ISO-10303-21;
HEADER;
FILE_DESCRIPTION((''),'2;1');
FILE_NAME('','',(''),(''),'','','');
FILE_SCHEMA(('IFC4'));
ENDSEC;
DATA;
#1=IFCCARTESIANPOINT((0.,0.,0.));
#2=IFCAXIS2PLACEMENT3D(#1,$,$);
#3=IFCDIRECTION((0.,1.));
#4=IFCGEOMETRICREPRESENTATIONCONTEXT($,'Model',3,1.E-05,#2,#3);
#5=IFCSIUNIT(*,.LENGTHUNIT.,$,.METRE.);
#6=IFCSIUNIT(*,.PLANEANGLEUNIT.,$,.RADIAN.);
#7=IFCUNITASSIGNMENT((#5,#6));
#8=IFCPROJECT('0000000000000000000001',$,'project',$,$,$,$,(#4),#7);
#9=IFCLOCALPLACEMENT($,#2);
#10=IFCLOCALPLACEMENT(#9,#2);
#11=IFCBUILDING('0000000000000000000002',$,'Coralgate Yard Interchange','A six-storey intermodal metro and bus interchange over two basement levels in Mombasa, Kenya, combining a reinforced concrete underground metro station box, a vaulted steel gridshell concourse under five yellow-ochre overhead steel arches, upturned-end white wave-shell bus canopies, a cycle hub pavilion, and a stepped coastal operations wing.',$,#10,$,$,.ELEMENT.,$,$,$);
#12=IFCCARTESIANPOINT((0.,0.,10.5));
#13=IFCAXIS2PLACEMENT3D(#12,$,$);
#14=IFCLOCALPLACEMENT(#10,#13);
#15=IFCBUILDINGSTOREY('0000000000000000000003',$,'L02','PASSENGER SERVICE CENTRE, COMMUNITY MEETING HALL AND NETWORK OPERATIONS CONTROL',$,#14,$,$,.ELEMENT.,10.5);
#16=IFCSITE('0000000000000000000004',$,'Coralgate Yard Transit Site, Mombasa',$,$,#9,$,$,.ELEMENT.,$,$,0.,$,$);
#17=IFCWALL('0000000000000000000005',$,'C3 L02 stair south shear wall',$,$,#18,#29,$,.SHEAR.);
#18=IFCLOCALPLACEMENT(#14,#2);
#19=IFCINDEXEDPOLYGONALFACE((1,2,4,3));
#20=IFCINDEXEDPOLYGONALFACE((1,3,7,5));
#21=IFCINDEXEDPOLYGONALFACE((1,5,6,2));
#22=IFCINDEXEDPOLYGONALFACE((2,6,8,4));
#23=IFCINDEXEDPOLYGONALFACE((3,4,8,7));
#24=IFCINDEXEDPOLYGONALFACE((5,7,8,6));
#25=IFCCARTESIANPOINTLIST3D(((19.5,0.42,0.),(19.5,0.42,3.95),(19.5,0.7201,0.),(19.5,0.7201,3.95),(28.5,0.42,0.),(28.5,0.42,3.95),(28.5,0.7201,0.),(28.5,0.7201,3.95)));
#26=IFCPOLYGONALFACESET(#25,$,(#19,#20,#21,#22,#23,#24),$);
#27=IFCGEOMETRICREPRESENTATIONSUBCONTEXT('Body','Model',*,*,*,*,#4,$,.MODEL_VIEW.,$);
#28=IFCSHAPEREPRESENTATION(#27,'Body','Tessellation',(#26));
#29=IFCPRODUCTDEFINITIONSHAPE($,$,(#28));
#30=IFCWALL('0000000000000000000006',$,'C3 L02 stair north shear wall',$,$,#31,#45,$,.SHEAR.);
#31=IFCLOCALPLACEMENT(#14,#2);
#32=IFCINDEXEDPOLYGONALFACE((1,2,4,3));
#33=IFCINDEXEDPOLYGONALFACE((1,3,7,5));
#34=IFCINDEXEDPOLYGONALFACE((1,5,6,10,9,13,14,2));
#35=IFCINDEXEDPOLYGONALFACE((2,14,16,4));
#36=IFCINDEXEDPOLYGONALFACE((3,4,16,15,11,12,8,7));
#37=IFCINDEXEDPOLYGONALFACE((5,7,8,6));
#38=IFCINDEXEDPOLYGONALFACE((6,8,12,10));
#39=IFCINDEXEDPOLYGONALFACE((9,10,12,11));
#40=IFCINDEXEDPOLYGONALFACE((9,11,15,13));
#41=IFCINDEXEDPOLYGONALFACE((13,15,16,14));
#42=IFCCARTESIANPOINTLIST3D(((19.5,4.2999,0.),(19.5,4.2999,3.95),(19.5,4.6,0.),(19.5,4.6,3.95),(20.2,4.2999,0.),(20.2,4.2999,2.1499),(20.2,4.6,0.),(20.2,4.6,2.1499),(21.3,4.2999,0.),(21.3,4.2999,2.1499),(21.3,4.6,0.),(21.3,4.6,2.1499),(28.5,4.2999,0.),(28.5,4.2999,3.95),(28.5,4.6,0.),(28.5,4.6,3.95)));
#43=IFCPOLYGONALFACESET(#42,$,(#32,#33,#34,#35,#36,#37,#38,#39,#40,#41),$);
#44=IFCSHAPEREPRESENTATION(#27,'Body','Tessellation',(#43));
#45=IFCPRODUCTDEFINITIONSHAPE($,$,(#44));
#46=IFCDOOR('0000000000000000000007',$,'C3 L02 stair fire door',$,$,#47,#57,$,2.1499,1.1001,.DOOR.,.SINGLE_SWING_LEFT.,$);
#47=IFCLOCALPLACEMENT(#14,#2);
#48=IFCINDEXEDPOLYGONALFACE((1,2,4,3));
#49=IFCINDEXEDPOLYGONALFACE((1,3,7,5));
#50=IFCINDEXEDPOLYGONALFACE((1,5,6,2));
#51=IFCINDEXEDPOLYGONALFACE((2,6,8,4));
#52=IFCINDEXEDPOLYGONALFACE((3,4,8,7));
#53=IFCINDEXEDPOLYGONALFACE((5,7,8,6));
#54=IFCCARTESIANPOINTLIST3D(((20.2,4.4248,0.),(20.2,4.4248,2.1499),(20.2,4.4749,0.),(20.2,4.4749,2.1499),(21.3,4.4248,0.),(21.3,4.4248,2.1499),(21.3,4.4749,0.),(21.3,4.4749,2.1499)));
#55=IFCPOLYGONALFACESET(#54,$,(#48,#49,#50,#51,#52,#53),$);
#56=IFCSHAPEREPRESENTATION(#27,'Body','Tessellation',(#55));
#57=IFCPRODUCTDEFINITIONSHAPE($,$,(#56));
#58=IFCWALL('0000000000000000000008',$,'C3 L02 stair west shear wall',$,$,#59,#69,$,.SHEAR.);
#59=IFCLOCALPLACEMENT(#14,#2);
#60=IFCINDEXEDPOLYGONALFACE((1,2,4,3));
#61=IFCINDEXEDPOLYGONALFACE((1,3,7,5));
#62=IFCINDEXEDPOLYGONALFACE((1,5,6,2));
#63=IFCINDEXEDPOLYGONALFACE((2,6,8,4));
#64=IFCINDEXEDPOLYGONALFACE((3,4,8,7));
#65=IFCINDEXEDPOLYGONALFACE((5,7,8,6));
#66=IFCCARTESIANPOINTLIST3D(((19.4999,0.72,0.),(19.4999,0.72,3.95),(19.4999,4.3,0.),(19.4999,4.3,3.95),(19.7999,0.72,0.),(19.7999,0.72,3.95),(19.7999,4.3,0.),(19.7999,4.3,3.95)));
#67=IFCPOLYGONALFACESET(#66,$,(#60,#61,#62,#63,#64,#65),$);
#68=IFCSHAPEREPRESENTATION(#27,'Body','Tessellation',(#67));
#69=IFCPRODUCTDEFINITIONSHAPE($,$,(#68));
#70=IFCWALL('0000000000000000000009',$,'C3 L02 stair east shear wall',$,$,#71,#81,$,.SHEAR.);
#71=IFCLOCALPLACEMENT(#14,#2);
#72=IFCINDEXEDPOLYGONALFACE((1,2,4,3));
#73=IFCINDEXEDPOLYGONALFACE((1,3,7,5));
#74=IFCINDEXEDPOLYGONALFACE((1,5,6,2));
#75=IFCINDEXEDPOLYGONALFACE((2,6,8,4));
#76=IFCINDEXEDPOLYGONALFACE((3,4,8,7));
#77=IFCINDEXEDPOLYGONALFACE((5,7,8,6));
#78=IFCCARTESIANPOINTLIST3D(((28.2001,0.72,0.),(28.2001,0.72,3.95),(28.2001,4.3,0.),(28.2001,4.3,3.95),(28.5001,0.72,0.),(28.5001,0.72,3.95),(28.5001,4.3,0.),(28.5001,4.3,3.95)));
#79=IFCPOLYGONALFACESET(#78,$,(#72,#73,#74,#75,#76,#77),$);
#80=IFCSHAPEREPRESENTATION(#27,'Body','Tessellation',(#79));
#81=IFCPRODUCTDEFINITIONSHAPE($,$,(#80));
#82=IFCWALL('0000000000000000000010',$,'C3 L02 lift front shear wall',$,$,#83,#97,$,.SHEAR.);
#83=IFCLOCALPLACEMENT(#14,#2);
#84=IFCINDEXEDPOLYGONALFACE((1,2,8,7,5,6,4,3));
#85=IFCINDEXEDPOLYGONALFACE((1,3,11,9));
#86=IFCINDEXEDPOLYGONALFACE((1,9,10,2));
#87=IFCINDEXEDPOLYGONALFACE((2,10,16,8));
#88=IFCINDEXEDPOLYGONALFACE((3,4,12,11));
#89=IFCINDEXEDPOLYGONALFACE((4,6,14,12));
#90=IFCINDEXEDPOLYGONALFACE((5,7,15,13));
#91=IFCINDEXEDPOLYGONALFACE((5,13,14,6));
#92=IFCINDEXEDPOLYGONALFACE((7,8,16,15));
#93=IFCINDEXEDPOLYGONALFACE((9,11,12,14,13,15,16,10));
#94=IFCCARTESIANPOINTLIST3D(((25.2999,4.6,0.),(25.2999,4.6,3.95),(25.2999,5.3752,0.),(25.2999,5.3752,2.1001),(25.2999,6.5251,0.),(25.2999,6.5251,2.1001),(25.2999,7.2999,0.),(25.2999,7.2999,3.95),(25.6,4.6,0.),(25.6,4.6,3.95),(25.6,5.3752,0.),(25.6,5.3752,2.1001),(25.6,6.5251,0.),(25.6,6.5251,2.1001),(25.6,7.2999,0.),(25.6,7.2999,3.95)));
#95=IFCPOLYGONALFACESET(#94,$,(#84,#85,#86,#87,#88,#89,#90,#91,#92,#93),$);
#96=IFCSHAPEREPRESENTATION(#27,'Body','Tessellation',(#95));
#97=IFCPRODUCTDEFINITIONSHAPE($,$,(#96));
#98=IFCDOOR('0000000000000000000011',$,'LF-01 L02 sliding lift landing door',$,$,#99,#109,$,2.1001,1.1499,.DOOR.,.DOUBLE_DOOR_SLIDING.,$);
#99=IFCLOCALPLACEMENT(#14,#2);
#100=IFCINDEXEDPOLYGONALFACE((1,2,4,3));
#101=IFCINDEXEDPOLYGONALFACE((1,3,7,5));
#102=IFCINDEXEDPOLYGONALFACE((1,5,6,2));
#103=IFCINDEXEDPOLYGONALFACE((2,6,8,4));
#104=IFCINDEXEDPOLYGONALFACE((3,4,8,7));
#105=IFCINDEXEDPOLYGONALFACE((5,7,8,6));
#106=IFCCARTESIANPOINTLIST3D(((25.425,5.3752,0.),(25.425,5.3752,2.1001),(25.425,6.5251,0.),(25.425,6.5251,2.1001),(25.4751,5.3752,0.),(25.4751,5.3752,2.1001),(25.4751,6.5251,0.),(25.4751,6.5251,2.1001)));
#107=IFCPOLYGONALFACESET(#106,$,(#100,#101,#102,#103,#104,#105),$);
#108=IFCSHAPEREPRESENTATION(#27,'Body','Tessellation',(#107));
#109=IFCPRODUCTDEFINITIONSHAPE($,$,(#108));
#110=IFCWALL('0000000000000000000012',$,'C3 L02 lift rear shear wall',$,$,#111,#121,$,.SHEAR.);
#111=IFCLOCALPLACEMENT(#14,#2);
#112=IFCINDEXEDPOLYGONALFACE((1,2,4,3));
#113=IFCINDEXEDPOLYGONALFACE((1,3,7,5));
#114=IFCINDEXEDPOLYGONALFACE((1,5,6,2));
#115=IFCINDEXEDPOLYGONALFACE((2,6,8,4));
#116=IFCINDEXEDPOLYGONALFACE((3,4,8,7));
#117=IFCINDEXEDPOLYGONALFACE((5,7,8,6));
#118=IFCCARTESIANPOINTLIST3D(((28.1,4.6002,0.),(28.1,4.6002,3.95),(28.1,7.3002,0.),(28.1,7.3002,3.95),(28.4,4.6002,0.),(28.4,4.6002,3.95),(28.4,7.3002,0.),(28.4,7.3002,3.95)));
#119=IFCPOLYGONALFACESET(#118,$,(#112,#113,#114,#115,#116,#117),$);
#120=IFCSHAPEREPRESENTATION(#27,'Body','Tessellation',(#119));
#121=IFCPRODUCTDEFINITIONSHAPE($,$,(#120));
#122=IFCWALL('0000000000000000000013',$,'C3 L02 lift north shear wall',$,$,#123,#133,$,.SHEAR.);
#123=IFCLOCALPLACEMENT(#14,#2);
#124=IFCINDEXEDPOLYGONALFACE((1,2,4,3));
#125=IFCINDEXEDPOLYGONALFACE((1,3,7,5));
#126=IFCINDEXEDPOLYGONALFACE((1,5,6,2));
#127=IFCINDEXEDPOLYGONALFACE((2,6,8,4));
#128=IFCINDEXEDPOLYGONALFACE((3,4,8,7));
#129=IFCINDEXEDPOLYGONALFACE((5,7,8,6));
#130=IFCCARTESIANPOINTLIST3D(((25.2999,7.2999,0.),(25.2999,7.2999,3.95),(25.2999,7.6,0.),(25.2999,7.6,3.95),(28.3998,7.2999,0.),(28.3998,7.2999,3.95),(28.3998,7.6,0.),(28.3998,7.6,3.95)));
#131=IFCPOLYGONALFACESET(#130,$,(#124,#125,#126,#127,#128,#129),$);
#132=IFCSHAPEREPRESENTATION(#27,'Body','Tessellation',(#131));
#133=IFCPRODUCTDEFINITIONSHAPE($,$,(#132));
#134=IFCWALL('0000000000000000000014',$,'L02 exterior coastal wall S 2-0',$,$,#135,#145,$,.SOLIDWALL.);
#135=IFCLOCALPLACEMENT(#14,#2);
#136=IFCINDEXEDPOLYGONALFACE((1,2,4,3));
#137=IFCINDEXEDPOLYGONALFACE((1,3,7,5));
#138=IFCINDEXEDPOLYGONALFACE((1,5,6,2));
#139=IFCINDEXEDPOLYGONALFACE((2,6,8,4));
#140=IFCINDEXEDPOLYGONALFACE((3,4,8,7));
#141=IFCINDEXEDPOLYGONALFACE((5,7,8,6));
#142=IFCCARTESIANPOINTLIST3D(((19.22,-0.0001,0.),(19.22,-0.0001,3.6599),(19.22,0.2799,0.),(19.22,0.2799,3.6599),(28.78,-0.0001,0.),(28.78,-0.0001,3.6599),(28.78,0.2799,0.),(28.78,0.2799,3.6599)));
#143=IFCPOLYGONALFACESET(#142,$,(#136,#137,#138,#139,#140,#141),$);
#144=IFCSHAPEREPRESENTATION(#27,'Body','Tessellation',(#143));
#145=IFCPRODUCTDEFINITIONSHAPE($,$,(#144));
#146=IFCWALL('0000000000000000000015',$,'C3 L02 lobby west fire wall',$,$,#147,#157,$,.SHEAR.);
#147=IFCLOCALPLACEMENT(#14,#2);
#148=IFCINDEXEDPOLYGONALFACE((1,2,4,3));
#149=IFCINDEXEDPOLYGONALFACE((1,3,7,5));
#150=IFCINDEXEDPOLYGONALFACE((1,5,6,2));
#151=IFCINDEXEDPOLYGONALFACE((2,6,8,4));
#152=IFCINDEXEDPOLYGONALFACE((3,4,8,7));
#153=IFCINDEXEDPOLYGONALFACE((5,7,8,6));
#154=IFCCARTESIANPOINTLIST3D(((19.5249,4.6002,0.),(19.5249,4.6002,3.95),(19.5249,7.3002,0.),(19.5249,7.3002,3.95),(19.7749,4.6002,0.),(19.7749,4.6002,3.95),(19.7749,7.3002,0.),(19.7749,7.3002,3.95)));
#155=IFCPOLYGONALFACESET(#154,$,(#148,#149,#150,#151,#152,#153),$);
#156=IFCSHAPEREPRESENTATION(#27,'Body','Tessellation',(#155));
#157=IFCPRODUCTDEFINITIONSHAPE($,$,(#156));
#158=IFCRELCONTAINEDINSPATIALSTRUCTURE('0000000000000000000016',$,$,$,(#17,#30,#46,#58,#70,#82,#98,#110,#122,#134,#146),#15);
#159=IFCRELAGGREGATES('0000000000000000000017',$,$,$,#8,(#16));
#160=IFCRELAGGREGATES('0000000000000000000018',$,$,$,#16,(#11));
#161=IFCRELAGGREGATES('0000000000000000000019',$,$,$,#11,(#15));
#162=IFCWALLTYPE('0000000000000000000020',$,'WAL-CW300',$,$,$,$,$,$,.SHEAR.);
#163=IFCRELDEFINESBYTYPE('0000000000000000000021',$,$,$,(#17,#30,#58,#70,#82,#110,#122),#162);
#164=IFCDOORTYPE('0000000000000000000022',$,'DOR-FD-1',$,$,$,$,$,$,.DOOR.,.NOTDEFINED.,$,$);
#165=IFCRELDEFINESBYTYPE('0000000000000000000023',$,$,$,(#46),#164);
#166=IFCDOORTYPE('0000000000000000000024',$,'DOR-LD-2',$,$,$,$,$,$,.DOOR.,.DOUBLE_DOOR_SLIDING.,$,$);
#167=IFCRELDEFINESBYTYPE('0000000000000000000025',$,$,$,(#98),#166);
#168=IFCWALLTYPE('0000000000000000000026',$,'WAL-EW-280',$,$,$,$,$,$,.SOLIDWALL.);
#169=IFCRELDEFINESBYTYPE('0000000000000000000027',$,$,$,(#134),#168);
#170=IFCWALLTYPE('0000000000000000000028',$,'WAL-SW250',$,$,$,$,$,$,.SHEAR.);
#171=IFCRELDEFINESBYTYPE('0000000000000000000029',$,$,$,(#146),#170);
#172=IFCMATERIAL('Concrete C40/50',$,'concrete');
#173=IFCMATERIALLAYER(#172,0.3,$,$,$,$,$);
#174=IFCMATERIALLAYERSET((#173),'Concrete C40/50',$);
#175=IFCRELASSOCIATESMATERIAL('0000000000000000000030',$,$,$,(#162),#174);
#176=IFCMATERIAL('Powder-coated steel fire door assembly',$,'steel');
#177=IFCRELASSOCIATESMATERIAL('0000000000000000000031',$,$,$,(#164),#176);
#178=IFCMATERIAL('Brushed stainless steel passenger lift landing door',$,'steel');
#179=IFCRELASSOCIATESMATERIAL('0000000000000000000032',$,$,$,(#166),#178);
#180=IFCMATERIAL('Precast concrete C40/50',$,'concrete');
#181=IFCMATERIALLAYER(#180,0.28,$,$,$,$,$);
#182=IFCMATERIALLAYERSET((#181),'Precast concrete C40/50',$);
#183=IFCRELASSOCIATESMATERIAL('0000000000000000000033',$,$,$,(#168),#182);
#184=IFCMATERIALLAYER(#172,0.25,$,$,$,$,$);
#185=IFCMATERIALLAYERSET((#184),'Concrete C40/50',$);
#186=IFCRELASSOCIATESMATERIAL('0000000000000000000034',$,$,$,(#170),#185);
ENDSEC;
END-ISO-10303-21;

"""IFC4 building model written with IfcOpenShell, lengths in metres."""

from ifc_helpers import new_model, si_unit, direction, frame, frame_2d, origin, place, context, subcontext, project, spatial, rectangle, extrude, material, layer, layer_set, type_object, element, fill, save


model = new_model("IFC4")

# Units and contexts
model_context = context("Model", 3, precision=1e-05, world=origin(), true_north=direction((0.0, 1.0)))
body_context = subcontext(model_context, "Body", "Model", "MODEL_VIEW")
ifc_project = project(units=[si_unit("LENGTHUNIT", "METRE"), si_unit("PLANEANGLEUNIT", "RADIAN")], contexts=[model_context])

# Site, building, storey
site_placement = place(None, origin())
site = spatial("IfcSite", under=ifc_project, at=site_placement, Name="Coralgate Yard Transit Site, Mombasa", CompositionType="ELEMENT", RefElevation=0.0)
building_placement = place(site_placement, origin())
building = spatial("IfcBuilding", under=site, at=building_placement, Name="Coralgate Yard Interchange", Description="A six-storey intermodal metro and bus interchange over two basement levels in Mombasa, Kenya, combining a reinforced concrete underground metro station box, a vaulted steel gridshell concourse under five yellow-ochre overhead steel arches, upturned-end white wave-shell bus canopies, a cycle hub pavilion, and a stepped coastal operations wing.", CompositionType="ELEMENT")
storey_placement = place(building_placement, frame((0.0, 0.0, 10.5)))
storey = spatial("IfcBuildingStorey", under=building, at=storey_placement, Name="L02", Description="PASSENGER SERVICE CENTRE, COMMUNITY MEETING HALL AND NETWORK OPERATIONS CONTROL", CompositionType="ELEMENT", Elevation=10.5)

# Wall
ifc_material_1 = material(Name="Concrete C40/50", Category="concrete")
ifc_layer_1 = layer(ifc_material_1, 0.3)
ifc_layer_set_1 = layer_set([ifc_layer_1], Name="Concrete C40/50")
wall_type_1 = type_object("IfcWallType", Name="WAL-CW300", PredefinedType="SHEAR", material=ifc_layer_set_1)
wall_1_placement = place(storey_placement, frame((19.5, 0.5701, 0.0), z_axis=(0.0, 0.0, 1.0), x_axis=(1.0, 0.0, 0.0)))
element("IfcWall", 1, at=wall_1_placement, inside=storey, type_object=wall_type_1, Name="C3 L02 stair south shear wall", PredefinedType="SHEAR", context=body_context, shape_type="SweptSolid", body=[
    extrude(rectangle(XDim=9.0, YDim=0.3, at=frame_2d((4.5, 0.0))), origin(), (0.0, 0.0, 1.0), 3.95),
])

# Wall, opening, door
wall_2_placement = place(storey_placement, frame((28.5, 4.45, 0.0), z_axis=(0.0, 0.0, 1.0), x_axis=(-1.0, 0.0, 0.0)))
wall_2 = element("IfcWall", 2, at=wall_2_placement, inside=storey, type_object=wall_type_1, Name="C3 L02 stair north shear wall", PredefinedType="SHEAR", context=body_context, shape_type="SweptSolid", body=[
    extrude(rectangle(XDim=9.0, YDim=0.3, at=frame_2d((4.5, 0.0))), origin(), (0.0, 0.0, 1.0), 3.95),
])
opening_1_placement = place(wall_2_placement, frame((7.2, 0.0, 0.0)))
opening_1 = element("IfcOpeningElement", 3, at=opening_1_placement, cuts=wall_2, PredefinedType="OPENING", context=body_context, shape_type="SweptSolid", body=[
    extrude(rectangle(XDim=1.1001, YDim=2.1499, at=frame_2d((0.55, 1.075))), frame((0.0, 0.1599, 0.0), z_axis=(0.0, -1.0, 0.0), x_axis=(1.0, 0.0, 0.0)), (0.0, 0.0, 1.0), 0.3201),
])
ifc_material_2 = material(Name="Powder-coated steel fire door assembly", Category="steel")
door_type_1 = type_object("IfcDoorType", Name="DOR-FD-1", OperationType="NOTDEFINED", PredefinedType="DOOR", material=ifc_material_2)
door_1_placement = place(opening_1_placement, frame((1.1001, 0.0, 0.0), z_axis=(0.0, 0.0, 1.0), x_axis=(-1.0, 0.0, 0.0)))
door_1 = element("IfcDoor", 4, at=door_1_placement, inside=storey, type_object=door_type_1, Name="C3 L02 stair fire door", OperationType="SINGLE_SWING_LEFT", OverallHeight=2.1499, OverallWidth=1.1001, PredefinedType="DOOR", context=body_context, shape_type="SweptSolid", body=[
    extrude(rectangle(XDim=1.1001, YDim=2.1499, at=frame_2d((0.55, 1.075))), frame((0.0, 0.0249, 0.0), z_axis=(0.0, -1.0, 0.0), x_axis=(1.0, 0.0, 0.0)), (0.0, 0.0, 1.0), 0.05),
])
fill(opening_1, door_1)

# Walls
for number, where, z_axis, x_axis, name in (
    (5, (19.6499, 0.72, 0.0), (0.0, 0.0, 1.0), (0.0, 1.0, 0.0), "C3 L02 stair west shear wall"),
    (6, (28.3501, 4.3, 0.0), (0.0, 0.0, 1.0), (0.0, -1.0, 0.0), "C3 L02 stair east shear wall"),
):
    element("IfcWall", number, at=place(storey_placement, frame(where, z_axis=z_axis, x_axis=x_axis)), inside=storey, type_object=wall_type_1, Name=name, PredefinedType="SHEAR", context=body_context, shape_type="SweptSolid", body=[
        extrude(rectangle(XDim=3.5801, YDim=0.3, at=frame_2d((1.79, 0.0))), origin(), (0.0, 0.0, 1.0), 3.95),
    ])

# Wall, opening, door
wall_3_placement = place(storey_placement, frame((25.45, 7.3, 0.0), z_axis=(0.0, 0.0, 1.0), x_axis=(0.0, -1.0, 0.0)))
wall_3 = element("IfcWall", 7, at=wall_3_placement, inside=storey, type_object=wall_type_1, Name="C3 L02 lift front shear wall", PredefinedType="SHEAR", context=body_context, shape_type="SweptSolid", body=[
    extrude(rectangle(XDim=2.7, YDim=0.3, at=frame_2d((1.3501, 0.0))), origin(), (0.0, 0.0, 1.0), 3.95),
])
opening_2_placement = place(wall_3_placement, frame((0.7749, 0.0, 0.0)))
opening_2 = element("IfcOpeningElement", 8, at=opening_2_placement, cuts=wall_3, PredefinedType="OPENING", context=body_context, shape_type="SweptSolid", body=[
    extrude(rectangle(XDim=1.1499, YDim=2.1001, at=frame_2d((0.575, 1.05))), frame((0.0, 0.1599, 0.0), z_axis=(0.0, -1.0, 0.0), x_axis=(1.0, 0.0, 0.0)), (0.0, 0.0, 1.0), 0.3201),
])
ifc_material_3 = material(Name="Brushed stainless steel passenger lift landing door", Category="steel")
door_type_2 = type_object("IfcDoorType", Name="DOR-LD-2", OperationType="DOUBLE_DOOR_SLIDING", PredefinedType="DOOR", material=ifc_material_3)
door_2_placement = place(opening_2_placement, frame((1.1499, 0.0, 0.0), z_axis=(0.0, 0.0, 1.0), x_axis=(-1.0, 0.0, 0.0)))
door_2 = element("IfcDoor", 9, at=door_2_placement, inside=storey, type_object=door_type_2, Name="LF-01 L02 sliding lift landing door", OperationType="DOUBLE_DOOR_SLIDING", OverallHeight=2.1001, OverallWidth=1.1499, PredefinedType="DOOR", context=body_context, shape_type="SweptSolid", body=[
    extrude(rectangle(XDim=1.1499, YDim=2.1001, at=frame_2d((0.575, 1.05))), frame((0.0, 0.0249, 0.0), z_axis=(0.0, -1.0, 0.0), x_axis=(1.0, 0.0, 0.0)), (0.0, 0.0, 1.0), 0.05),
])
fill(opening_2, door_2)

# Walls
wall_4_placement = place(storey_placement, frame((28.25, 4.6001, 0.0), z_axis=(0.0, 0.0, 1.0), x_axis=(0.0, 1.0, 0.0)))
element("IfcWall", 10, at=wall_4_placement, inside=storey, type_object=wall_type_1, Name="C3 L02 lift rear shear wall", PredefinedType="SHEAR", context=body_context, shape_type="SweptSolid", body=[
    extrude(rectangle(XDim=2.7, YDim=0.3, at=frame_2d((1.3501, 0.0))), origin(), (0.0, 0.0, 1.0), 3.95),
])
wall_5_placement = place(storey_placement, frame((25.3, 7.45, 0.0), z_axis=(0.0, 0.0, 1.0), x_axis=(1.0, 0.0, 0.0)))
element("IfcWall", 11, at=wall_5_placement, inside=storey, type_object=wall_type_1, Name="C3 L02 lift north shear wall", PredefinedType="SHEAR", context=body_context, shape_type="SweptSolid", body=[
    extrude(rectangle(XDim=3.0999, YDim=0.3, at=frame_2d((1.5498, 0.0))), origin(), (0.0, 0.0, 1.0), 3.95),
])
ifc_material_4 = material(Name="Precast concrete C40/50", Category="concrete")
ifc_layer_2 = layer(ifc_material_4, 0.28)
ifc_layer_set_2 = layer_set([ifc_layer_2], Name="Precast concrete C40/50")
wall_type_2 = type_object("IfcWallType", Name="WAL-EW-280", PredefinedType="SOLIDWALL", material=ifc_layer_set_2)
wall_6_placement = place(storey_placement, frame((28.78, 0.1399, 0.0), z_axis=(0.0, 0.0, 1.0), x_axis=(-1.0, 0.0, 0.0)))
element("IfcWall", 12, at=wall_6_placement, inside=storey, type_object=wall_type_2, Name="L02 exterior coastal wall S 2-0", PredefinedType="SOLIDWALL", context=body_context, shape_type="SweptSolid", body=[
    extrude(rectangle(XDim=9.5601, YDim=0.28, at=frame_2d((4.78, 0.0))), origin(), (0.0, 0.0, 1.0), 3.6599),
])

# Shared definitions
ifc_layer_3 = layer(ifc_material_1, 0.25)
ifc_layer_set_3 = layer_set([ifc_layer_3], Name="Concrete C40/50")
wall_type_3 = type_object("IfcWallType", Name="WAL-SW250", PredefinedType="SHEAR", material=ifc_layer_set_3)

# Wall
wall_7_placement = place(storey_placement, frame((19.6499, 4.6001, 0.0), z_axis=(0.0, 0.0, 1.0), x_axis=(0.0, 1.0, 0.0)))
element("IfcWall", 13, at=wall_7_placement, inside=storey, type_object=wall_type_3, Name="C3 L02 lobby west fire wall", PredefinedType="SHEAR", context=body_context, shape_type="SweptSolid", body=[
    extrude(rectangle(XDim=2.7, YDim=0.25, at=frame_2d((1.3501, 0.0))), origin(), (0.0, 0.0, 1.0), 3.95),
])

save(model, "model.ifc")
